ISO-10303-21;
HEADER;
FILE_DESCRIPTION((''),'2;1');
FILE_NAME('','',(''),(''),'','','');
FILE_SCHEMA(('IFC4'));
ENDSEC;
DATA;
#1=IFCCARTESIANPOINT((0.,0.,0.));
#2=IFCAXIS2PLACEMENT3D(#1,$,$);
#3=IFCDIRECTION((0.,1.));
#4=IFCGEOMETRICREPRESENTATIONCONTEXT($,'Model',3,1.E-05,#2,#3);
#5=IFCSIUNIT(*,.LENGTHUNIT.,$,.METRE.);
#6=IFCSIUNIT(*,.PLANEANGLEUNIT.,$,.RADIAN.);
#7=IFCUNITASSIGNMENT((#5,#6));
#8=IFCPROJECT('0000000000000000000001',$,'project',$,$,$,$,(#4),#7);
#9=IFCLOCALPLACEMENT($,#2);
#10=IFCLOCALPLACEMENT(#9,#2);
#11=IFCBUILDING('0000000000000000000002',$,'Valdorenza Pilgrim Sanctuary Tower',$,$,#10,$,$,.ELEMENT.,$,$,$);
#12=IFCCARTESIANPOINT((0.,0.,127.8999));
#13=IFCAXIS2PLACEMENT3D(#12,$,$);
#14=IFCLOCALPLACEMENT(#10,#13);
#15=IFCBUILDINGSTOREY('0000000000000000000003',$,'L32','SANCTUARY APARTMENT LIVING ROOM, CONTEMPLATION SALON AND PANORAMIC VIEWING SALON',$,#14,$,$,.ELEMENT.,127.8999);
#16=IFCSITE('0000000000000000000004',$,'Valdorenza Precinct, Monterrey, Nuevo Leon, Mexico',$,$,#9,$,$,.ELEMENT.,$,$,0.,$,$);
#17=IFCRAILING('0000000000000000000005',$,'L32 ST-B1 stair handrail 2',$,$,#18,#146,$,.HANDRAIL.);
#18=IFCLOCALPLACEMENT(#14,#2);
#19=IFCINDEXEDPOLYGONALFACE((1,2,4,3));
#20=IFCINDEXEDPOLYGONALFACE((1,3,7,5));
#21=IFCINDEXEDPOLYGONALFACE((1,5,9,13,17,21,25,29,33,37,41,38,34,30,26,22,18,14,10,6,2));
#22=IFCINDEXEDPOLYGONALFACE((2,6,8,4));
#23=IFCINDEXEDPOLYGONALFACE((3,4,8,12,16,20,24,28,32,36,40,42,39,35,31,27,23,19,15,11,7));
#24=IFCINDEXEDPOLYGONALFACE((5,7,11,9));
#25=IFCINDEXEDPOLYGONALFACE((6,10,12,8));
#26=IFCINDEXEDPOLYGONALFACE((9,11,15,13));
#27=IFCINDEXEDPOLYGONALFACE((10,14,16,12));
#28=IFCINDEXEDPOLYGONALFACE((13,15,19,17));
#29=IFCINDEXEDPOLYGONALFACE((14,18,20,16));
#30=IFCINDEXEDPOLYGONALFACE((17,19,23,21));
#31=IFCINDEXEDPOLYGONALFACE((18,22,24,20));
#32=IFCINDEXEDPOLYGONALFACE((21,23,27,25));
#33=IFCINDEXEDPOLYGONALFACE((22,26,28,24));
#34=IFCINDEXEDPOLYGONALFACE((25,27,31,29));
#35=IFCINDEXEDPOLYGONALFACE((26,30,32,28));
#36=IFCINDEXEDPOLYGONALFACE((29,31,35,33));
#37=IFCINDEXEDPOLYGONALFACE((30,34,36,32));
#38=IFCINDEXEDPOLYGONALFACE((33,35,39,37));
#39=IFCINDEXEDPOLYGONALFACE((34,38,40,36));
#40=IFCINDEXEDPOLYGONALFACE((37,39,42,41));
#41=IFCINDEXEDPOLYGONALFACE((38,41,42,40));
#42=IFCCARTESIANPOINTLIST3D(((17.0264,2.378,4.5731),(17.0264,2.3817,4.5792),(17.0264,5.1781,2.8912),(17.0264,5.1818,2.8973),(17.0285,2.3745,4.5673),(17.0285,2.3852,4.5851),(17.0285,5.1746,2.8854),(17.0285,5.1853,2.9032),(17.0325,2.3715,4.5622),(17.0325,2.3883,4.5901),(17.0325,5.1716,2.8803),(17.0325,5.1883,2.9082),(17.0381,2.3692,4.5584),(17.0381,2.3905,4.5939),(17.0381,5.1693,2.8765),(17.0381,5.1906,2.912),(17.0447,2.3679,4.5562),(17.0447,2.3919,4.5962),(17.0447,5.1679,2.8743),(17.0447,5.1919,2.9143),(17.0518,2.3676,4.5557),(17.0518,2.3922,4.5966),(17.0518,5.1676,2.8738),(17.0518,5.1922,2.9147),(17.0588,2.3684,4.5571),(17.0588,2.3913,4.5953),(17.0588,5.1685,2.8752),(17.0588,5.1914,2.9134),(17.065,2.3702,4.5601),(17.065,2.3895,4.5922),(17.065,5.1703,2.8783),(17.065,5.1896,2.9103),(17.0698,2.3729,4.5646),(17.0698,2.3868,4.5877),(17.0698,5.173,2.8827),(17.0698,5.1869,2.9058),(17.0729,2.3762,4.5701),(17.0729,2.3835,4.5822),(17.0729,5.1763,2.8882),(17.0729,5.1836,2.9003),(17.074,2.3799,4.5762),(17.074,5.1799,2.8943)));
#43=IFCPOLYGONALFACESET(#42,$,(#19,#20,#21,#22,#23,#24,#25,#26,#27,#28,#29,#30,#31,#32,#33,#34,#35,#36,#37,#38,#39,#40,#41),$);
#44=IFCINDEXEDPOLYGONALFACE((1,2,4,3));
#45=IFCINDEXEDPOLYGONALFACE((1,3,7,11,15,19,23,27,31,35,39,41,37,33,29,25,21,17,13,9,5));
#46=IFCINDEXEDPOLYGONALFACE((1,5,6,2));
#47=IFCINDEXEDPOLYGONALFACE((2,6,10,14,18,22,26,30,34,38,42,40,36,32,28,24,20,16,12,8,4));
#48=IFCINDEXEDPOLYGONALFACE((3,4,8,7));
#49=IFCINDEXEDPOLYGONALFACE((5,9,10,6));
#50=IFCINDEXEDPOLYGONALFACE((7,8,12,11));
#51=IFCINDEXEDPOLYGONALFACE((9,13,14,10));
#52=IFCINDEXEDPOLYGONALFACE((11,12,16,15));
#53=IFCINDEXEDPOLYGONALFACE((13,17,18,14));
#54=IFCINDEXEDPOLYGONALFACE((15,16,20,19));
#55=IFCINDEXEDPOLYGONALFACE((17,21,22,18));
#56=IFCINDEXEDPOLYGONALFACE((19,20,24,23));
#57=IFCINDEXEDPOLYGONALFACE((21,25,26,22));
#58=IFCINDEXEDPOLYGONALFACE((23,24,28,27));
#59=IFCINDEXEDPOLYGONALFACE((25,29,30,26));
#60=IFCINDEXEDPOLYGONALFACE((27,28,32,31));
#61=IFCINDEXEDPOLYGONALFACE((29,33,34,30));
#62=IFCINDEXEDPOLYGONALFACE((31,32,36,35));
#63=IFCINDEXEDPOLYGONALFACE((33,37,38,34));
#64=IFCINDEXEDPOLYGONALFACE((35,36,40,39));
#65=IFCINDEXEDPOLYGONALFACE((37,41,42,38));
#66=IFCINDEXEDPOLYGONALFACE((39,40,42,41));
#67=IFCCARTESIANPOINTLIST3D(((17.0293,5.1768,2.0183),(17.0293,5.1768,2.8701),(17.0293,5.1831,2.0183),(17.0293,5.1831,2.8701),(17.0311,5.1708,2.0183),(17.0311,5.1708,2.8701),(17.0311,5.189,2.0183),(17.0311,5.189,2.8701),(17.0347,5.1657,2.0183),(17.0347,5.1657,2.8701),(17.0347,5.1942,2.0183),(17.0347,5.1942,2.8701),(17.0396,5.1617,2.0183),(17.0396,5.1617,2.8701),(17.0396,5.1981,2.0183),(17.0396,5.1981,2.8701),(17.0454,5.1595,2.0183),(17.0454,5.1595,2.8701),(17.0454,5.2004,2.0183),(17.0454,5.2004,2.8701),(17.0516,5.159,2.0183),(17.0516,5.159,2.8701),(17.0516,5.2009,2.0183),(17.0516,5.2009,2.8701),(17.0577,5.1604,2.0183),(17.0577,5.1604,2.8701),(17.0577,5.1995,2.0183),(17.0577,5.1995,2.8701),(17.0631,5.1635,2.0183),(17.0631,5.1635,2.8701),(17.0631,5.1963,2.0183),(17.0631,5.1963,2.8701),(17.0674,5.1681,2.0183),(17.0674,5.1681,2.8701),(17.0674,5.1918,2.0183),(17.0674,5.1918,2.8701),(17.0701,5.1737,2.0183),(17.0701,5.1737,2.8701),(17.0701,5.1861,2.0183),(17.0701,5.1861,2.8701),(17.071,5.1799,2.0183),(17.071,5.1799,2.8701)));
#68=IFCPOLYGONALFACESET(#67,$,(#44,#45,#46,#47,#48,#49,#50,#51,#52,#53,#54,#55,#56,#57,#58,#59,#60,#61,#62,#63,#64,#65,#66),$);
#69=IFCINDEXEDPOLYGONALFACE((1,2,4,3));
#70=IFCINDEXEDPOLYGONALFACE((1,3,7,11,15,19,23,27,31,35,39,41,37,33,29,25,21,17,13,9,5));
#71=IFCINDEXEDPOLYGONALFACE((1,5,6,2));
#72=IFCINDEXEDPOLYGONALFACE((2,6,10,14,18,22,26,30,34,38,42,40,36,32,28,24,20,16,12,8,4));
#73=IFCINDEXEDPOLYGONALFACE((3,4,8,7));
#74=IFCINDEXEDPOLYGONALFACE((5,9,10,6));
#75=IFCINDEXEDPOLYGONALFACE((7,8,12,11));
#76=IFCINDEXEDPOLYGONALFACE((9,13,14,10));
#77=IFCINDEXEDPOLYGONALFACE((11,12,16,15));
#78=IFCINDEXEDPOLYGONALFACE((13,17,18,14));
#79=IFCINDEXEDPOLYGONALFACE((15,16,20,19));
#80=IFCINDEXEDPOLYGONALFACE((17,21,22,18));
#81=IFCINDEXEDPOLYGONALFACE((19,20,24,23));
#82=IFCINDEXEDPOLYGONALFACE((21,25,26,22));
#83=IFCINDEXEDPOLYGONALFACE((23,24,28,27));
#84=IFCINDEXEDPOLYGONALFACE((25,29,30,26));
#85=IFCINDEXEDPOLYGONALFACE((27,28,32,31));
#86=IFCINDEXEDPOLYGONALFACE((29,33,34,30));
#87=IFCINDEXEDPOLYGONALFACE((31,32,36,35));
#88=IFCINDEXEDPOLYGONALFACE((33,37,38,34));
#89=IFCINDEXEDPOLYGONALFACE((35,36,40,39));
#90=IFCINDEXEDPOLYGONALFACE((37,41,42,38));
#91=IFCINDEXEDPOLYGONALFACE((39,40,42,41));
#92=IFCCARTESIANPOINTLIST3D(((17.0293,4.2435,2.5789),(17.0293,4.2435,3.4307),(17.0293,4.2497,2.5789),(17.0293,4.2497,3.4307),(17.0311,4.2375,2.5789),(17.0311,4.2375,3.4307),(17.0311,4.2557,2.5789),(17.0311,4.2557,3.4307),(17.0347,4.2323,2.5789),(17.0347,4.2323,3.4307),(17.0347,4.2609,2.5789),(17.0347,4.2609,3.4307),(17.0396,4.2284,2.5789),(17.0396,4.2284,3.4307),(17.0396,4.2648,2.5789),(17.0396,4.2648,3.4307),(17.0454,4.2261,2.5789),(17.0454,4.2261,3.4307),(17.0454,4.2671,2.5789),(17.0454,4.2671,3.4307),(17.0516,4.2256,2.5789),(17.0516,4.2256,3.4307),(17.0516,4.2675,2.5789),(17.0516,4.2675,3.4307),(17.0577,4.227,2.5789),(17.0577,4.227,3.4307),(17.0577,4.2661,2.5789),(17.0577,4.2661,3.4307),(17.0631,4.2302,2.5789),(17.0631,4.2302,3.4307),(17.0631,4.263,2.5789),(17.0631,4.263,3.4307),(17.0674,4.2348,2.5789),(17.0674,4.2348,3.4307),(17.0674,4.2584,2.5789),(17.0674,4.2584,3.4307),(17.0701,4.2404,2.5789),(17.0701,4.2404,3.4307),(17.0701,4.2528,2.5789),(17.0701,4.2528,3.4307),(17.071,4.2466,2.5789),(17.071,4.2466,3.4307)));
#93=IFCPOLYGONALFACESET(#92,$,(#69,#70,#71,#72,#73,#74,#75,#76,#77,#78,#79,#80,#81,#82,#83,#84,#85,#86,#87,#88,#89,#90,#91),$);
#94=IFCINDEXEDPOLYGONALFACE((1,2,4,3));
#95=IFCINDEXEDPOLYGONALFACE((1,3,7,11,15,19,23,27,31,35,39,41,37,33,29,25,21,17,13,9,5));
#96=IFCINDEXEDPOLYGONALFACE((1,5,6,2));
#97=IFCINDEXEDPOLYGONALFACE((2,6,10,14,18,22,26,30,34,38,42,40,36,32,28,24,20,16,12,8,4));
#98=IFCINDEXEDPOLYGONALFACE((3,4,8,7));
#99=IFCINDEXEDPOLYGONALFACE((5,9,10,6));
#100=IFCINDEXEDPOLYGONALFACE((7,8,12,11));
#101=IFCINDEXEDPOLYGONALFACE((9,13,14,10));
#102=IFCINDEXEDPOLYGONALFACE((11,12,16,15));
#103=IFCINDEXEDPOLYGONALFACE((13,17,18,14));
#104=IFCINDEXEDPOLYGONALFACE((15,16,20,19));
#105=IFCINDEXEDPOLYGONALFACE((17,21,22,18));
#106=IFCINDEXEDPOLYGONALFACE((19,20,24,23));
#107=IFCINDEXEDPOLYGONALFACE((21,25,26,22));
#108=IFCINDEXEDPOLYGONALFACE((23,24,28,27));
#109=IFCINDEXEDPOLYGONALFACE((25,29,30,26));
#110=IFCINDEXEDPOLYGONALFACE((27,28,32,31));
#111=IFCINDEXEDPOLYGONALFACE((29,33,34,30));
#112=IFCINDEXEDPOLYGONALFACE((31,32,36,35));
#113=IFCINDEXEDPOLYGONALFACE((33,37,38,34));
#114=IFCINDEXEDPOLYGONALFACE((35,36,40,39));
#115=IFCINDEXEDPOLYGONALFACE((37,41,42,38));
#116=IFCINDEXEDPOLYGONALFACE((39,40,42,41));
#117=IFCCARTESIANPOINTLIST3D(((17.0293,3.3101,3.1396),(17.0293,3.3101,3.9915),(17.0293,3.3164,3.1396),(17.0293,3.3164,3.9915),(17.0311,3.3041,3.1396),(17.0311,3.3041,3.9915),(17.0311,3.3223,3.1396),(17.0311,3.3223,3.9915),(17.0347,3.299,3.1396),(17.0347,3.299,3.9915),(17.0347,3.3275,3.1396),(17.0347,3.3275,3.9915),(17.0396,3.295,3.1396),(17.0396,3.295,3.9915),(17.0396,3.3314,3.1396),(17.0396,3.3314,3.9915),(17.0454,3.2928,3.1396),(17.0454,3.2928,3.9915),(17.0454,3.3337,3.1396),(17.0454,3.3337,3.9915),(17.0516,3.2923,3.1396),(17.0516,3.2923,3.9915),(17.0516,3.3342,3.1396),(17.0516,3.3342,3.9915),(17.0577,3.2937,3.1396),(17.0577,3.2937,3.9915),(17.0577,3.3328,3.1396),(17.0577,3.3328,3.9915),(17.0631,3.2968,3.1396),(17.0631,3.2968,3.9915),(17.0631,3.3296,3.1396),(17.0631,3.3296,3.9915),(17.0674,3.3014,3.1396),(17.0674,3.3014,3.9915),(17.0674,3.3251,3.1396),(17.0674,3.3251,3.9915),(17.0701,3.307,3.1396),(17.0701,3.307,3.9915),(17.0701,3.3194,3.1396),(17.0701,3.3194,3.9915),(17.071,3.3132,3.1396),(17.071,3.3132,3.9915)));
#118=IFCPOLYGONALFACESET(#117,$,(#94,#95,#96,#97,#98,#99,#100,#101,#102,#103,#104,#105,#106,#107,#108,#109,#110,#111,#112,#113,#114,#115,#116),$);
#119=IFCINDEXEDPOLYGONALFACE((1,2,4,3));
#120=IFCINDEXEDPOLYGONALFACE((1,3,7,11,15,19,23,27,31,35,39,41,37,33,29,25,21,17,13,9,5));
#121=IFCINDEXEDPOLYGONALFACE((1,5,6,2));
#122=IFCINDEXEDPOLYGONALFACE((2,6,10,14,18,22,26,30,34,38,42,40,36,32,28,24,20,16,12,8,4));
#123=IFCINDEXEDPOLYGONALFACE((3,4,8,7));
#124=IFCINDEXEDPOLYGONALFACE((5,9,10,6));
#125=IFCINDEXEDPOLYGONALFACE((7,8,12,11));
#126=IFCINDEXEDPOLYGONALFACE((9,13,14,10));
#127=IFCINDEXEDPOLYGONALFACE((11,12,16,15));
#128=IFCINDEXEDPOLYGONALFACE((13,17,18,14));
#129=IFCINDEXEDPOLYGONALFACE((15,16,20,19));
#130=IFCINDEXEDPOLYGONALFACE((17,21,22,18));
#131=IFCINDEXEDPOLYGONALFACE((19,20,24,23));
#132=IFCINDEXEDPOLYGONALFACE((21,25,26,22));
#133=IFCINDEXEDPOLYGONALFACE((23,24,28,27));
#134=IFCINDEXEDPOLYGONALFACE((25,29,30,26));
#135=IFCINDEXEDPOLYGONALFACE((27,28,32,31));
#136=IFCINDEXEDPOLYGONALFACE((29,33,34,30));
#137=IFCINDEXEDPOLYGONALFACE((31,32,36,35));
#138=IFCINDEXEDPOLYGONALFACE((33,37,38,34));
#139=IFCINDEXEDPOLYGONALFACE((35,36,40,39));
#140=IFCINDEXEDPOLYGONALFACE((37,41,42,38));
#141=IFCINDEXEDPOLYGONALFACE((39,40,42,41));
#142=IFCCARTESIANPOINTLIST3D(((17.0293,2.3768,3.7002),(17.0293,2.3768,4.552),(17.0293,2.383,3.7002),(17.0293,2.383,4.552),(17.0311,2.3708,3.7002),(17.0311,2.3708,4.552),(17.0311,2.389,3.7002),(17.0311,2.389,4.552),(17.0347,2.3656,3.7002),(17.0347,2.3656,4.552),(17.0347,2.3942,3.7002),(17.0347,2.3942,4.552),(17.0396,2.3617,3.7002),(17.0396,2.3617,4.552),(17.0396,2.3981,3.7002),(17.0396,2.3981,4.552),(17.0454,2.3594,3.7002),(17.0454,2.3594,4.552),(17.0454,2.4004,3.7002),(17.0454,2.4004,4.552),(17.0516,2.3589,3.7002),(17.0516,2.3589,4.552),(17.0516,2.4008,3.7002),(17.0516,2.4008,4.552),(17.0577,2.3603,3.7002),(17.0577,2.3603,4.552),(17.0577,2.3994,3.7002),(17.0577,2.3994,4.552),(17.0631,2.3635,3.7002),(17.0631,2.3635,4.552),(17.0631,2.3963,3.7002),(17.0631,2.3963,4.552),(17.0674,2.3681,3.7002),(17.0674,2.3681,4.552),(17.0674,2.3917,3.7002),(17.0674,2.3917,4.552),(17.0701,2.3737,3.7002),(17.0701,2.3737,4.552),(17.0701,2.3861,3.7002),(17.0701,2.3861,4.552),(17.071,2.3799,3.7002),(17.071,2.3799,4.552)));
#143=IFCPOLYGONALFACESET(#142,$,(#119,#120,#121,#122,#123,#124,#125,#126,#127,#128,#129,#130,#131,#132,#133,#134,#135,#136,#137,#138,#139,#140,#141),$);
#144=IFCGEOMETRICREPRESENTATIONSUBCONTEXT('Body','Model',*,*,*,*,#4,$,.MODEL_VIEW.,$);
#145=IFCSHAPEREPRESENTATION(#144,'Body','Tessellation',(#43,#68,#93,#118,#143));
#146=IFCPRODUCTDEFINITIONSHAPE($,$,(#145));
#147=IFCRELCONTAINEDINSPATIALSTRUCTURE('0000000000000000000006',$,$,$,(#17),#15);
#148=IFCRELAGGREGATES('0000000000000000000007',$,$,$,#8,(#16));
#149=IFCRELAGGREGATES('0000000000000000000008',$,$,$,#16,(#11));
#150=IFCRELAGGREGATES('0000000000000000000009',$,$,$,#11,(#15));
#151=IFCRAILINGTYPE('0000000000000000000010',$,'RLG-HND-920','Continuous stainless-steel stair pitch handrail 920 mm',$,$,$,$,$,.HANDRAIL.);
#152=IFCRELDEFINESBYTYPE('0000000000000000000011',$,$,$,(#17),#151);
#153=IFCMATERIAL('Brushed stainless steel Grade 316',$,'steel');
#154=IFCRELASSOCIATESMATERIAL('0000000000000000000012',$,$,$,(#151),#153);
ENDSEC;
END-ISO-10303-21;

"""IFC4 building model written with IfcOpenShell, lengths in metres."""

from ifc_helpers import new_model, si_unit, direction, frame, origin, origin_2d, place, context, subcontext, project, spatial, circle, extrude, material, type_object, element, save


model = new_model("IFC4")

# Units and contexts
model_context = context("Model", 3, precision=1e-05, world=origin(), true_north=direction((0.0, 1.0)))
body_context = subcontext(model_context, "Body", "Model", "MODEL_VIEW")
ifc_project = project(units=[si_unit("LENGTHUNIT", "METRE"), si_unit("PLANEANGLEUNIT", "RADIAN")], contexts=[model_context])

# Site, building, storey
site_placement = place(None, origin())
site = spatial("IfcSite", under=ifc_project, at=site_placement, Name="Valdorenza Precinct, Monterrey, Nuevo Leon, Mexico", CompositionType="ELEMENT", RefElevation=0.0)
building_placement = place(site_placement, origin())
building = spatial("IfcBuilding", under=site, at=building_placement, Name="Valdorenza Pilgrim Sanctuary Tower", CompositionType="ELEMENT")
storey_placement = place(building_placement, frame((0.0, 0.0, 127.8999)))
storey = spatial("IfcBuildingStorey", under=building, at=storey_placement, Name="L32", Description="SANCTUARY APARTMENT LIVING ROOM, CONTEMPLATION SALON AND PANORAMIC VIEWING SALON", CompositionType="ELEMENT", Elevation=127.8999)

# Shared definitions
ifc_material_1 = material(Name="Brushed stainless steel Grade 316", Category="steel")

# Railing
railing_type_1 = type_object("IfcRailingType", Name="RLG-HND-920", Description="Continuous stainless-steel stair pitch handrail 920 mm", PredefinedType="HANDRAIL", material=ifc_material_1)
railing_1_placement = place(storey_placement, frame((17.05, 5.1799, 2.0183)))
element("IfcRailing", 1, at=railing_1_placement, inside=storey, type_object=railing_type_1, Name="L32 ST-B1 stair handrail 2", PredefinedType="HANDRAIL", context=body_context, shape_type="SweptSolid", body=[
    extrude(circle(Radius=0.0239, at=origin_2d()), frame((0.0, 0.0, 0.876), z_axis=(0.0, -0.857242, 0.514913), x_axis=(1.0, 0.0, 0.0)), (0.0, 0.0, 1.0), 3.2664),
    extrude(circle(Radius=0.021, at=origin_2d()), origin(), (0.0, 0.0, 1.0), 0.8518),
    extrude(circle(Radius=0.021, at=origin_2d()), frame((0.0, -0.9333, 0.5605)), (0.0, 0.0, 1.0), 0.8518),
    extrude(circle(Radius=0.021, at=origin_2d()), frame((0.0, -1.8667, 1.1213)), (0.0, 0.0, 1.0), 0.8518),
    extrude(circle(Radius=0.021, at=origin_2d()), frame((0.0, -2.8, 1.6819)), (0.0, 0.0, 1.0), 0.8518),
])

save(model, "model.ifc")
